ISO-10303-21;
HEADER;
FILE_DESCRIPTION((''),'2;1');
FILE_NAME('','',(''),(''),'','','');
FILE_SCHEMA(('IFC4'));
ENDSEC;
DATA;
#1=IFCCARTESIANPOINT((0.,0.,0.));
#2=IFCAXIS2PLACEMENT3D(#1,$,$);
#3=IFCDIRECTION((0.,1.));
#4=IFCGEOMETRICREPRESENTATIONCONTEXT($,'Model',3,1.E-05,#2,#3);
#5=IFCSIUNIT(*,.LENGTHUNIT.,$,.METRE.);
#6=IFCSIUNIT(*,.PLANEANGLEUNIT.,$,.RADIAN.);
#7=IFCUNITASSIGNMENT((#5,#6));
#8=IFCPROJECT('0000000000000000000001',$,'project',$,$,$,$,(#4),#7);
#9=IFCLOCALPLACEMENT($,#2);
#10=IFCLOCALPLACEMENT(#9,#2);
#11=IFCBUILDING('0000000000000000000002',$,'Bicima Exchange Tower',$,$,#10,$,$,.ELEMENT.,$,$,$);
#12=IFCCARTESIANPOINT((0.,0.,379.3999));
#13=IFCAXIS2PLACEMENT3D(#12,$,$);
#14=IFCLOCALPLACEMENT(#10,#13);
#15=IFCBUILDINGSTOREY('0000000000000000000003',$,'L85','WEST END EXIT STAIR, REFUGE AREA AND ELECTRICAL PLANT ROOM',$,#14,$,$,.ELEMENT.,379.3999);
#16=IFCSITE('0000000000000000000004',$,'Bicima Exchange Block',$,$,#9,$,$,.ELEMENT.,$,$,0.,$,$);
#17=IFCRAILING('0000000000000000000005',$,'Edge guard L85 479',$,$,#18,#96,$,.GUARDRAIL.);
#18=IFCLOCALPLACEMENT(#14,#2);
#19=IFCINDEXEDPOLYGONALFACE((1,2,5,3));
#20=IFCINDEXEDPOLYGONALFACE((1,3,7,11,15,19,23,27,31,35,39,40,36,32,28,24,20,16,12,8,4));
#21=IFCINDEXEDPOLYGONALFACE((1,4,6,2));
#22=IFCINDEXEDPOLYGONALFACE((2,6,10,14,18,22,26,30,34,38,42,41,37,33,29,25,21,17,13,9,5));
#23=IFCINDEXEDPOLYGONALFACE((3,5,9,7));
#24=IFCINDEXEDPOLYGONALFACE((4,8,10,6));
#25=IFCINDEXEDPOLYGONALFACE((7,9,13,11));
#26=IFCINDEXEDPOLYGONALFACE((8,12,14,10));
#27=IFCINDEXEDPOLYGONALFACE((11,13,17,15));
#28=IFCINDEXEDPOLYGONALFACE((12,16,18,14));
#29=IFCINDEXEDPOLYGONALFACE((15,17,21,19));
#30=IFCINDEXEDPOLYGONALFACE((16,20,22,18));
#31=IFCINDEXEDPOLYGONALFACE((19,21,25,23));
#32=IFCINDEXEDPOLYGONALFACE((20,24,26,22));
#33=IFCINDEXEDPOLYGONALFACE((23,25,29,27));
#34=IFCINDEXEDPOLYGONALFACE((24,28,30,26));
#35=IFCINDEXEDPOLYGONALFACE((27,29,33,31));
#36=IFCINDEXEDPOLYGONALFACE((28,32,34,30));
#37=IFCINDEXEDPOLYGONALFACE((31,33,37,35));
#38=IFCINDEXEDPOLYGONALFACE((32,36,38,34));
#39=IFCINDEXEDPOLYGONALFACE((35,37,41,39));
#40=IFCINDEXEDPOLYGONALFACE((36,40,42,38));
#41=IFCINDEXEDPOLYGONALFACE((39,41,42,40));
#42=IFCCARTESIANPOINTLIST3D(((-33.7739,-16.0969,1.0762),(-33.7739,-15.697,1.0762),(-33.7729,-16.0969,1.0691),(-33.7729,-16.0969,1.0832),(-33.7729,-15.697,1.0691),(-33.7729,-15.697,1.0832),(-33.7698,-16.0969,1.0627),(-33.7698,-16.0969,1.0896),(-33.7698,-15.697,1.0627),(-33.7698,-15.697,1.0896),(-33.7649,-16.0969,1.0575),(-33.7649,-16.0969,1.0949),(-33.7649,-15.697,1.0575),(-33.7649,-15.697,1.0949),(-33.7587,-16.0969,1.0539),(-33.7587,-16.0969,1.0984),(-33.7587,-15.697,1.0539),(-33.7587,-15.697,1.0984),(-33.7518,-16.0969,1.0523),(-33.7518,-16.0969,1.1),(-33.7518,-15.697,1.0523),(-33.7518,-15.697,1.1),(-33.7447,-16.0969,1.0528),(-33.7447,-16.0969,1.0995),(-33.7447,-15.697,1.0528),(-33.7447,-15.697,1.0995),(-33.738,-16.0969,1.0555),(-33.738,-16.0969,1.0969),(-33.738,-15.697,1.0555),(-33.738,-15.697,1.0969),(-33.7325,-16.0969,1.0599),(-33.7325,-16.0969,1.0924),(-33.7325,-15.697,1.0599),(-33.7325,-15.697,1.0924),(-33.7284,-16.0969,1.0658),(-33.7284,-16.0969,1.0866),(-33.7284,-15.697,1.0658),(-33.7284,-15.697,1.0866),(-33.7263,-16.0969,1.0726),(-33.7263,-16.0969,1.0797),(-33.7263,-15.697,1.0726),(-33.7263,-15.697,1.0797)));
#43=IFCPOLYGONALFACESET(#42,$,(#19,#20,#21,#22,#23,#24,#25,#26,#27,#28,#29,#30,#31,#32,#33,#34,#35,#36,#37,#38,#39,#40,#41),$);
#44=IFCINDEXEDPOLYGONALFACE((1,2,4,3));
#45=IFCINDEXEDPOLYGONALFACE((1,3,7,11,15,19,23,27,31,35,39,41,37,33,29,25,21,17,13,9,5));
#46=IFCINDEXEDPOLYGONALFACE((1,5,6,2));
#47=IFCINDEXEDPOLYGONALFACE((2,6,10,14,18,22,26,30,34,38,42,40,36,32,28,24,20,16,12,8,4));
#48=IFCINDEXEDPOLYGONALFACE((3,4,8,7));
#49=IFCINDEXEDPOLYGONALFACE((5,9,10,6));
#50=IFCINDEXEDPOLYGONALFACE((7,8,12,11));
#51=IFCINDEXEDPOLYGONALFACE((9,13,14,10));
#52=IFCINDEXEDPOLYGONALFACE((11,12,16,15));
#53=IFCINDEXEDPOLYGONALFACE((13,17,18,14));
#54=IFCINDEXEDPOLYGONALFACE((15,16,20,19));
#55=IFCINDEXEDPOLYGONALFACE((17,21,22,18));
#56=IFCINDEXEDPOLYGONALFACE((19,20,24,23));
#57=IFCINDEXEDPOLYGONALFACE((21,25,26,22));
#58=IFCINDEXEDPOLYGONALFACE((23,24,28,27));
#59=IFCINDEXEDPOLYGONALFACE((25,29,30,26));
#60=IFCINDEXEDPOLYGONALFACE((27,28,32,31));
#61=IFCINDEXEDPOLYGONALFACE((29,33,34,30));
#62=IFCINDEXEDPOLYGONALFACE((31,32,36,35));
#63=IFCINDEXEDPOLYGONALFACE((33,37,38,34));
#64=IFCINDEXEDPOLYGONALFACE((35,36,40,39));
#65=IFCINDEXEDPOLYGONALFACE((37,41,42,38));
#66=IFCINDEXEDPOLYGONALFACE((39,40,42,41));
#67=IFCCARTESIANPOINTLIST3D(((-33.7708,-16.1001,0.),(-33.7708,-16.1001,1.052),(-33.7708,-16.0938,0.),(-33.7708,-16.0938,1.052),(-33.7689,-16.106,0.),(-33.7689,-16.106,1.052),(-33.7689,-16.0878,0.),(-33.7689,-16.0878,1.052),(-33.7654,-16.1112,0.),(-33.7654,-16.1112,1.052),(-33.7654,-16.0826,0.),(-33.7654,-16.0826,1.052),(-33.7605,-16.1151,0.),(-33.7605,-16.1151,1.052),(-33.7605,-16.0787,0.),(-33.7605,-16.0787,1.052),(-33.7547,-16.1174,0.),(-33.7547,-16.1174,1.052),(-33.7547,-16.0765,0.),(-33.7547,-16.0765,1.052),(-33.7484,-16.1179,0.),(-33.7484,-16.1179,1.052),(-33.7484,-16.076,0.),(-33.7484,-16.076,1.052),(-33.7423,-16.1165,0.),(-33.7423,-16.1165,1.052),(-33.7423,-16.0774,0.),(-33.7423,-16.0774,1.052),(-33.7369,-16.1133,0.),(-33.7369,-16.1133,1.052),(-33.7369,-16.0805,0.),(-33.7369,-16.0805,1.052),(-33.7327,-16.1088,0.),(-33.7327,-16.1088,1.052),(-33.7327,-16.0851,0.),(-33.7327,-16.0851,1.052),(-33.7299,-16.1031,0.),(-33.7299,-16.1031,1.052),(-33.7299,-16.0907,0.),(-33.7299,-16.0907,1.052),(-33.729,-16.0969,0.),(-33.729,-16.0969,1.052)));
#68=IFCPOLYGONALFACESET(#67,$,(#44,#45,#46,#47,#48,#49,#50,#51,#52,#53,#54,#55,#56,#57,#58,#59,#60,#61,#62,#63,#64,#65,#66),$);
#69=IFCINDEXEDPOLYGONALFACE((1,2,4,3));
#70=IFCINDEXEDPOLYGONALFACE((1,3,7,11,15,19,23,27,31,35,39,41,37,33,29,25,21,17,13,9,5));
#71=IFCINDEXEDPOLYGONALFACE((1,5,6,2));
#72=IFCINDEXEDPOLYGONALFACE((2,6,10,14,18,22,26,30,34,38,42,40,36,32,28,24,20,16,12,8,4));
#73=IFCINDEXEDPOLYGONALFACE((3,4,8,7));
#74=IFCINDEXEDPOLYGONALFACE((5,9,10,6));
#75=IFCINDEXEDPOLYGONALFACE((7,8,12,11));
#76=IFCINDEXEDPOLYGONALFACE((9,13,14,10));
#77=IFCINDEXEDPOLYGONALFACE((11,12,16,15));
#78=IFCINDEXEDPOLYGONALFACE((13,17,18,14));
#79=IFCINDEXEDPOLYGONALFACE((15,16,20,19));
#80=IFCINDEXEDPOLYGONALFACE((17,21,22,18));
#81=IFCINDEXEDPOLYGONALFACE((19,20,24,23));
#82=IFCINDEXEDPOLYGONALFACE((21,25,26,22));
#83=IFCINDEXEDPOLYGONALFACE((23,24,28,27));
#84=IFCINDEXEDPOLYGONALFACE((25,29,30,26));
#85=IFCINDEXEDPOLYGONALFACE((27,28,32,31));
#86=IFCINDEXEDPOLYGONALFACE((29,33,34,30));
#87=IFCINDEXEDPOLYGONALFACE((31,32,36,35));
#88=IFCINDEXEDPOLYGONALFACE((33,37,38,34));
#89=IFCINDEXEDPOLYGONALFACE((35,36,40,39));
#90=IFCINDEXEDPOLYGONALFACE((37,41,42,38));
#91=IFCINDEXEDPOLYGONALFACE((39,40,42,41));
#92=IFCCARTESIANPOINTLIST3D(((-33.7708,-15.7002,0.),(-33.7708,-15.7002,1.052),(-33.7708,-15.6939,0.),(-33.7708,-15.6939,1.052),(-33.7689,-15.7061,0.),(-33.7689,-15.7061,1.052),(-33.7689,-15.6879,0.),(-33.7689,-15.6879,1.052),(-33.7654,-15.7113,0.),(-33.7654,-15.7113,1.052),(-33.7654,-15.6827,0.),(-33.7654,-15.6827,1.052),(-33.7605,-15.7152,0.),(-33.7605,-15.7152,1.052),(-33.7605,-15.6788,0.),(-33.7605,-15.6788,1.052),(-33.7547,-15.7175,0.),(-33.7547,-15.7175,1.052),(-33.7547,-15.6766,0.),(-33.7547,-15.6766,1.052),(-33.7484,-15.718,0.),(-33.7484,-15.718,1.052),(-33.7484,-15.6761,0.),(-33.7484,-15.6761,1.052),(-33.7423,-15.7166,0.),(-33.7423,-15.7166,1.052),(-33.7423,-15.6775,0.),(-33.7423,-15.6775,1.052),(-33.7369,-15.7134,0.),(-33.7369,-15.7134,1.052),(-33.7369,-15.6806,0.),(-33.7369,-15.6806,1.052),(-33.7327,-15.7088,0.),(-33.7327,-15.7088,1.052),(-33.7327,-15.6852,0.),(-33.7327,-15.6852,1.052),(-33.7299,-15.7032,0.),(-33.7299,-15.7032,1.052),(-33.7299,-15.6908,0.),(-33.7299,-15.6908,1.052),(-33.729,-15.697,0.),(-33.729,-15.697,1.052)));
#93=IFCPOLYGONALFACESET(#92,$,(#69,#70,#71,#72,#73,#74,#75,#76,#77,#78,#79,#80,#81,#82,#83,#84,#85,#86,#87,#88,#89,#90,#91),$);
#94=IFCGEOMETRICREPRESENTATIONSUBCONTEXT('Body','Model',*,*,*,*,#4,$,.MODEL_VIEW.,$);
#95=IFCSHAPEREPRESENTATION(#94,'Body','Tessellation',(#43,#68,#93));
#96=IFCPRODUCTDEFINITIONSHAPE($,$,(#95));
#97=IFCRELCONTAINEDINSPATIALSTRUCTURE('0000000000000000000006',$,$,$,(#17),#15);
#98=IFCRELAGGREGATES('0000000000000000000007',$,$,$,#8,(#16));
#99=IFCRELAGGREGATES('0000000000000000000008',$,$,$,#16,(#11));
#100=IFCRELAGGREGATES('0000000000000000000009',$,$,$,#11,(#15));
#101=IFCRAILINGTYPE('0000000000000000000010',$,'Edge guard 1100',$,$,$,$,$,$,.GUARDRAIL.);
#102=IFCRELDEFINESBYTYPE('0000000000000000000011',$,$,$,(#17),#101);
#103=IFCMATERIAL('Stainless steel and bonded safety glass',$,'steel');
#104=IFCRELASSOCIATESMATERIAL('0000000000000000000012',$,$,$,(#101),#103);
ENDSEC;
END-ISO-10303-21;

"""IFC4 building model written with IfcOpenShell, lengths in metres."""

from ifc_helpers import new_model, si_unit, direction, frame, origin, origin_2d, place, context, subcontext, project, spatial, circle, extrude, material, type_object, element, save


model = new_model("IFC4")

# Units and contexts
model_context = context("Model", 3, precision=1e-05, world=origin(), true_north=direction((0.0, 1.0)))
body_context = subcontext(model_context, "Body", "Model", "MODEL_VIEW")
ifc_project = project(units=[si_unit("LENGTHUNIT", "METRE"), si_unit("PLANEANGLEUNIT", "RADIAN")], contexts=[model_context])

# Site, building, storey
site_placement = place(None, origin())
site = spatial("IfcSite", under=ifc_project, at=site_placement, Name="Bicima Exchange Block", CompositionType="ELEMENT", RefElevation=0.0)
building_placement = place(site_placement, origin())
building = spatial("IfcBuilding", under=site, at=building_placement, Name="Bicima Exchange Tower", CompositionType="ELEMENT")
storey_placement = place(building_placement, frame((0.0, 0.0, 379.3999)))
storey = spatial("IfcBuildingStorey", under=building, at=storey_placement, Name="L85", Description="WEST END EXIT STAIR, REFUGE AREA AND ELECTRICAL PLANT ROOM", CompositionType="ELEMENT", Elevation=379.3999)

# Railing
ifc_material_1 = material(Name="Stainless steel and bonded safety glass", Category="steel")
railing_type = type_object("IfcRailingType", Name="Edge guard 1100", PredefinedType="GUARDRAIL", material=ifc_material_1)
railing_1_placement = place(storey_placement, frame((-33.75, -16.0969, 0.0)))
element("IfcRailing", 1, at=railing_1_placement, inside=storey, type_object=railing_type, Name="Edge guard L85 479", PredefinedType="GUARDRAIL", context=body_context, shape_type="SweptSolid", body=[
    extrude(circle(Radius=0.0239, at=origin_2d()), frame((0.0, 0.0, 1.0762), z_axis=(0.0, 1.0, 0.0), x_axis=(-1.0, 0.0, 0.0)), (0.0, 0.0, 1.0), 0.3999),
    extrude(circle(Radius=0.021, at=origin_2d()), origin(), (0.0, 0.0, 1.0), 1.052),
    extrude(circle(Radius=0.021, at=origin_2d()), frame((0.0, 0.3999, 0.0)), (0.0, 0.0, 1.0), 1.052),
])

save(model, "model.ifc")
